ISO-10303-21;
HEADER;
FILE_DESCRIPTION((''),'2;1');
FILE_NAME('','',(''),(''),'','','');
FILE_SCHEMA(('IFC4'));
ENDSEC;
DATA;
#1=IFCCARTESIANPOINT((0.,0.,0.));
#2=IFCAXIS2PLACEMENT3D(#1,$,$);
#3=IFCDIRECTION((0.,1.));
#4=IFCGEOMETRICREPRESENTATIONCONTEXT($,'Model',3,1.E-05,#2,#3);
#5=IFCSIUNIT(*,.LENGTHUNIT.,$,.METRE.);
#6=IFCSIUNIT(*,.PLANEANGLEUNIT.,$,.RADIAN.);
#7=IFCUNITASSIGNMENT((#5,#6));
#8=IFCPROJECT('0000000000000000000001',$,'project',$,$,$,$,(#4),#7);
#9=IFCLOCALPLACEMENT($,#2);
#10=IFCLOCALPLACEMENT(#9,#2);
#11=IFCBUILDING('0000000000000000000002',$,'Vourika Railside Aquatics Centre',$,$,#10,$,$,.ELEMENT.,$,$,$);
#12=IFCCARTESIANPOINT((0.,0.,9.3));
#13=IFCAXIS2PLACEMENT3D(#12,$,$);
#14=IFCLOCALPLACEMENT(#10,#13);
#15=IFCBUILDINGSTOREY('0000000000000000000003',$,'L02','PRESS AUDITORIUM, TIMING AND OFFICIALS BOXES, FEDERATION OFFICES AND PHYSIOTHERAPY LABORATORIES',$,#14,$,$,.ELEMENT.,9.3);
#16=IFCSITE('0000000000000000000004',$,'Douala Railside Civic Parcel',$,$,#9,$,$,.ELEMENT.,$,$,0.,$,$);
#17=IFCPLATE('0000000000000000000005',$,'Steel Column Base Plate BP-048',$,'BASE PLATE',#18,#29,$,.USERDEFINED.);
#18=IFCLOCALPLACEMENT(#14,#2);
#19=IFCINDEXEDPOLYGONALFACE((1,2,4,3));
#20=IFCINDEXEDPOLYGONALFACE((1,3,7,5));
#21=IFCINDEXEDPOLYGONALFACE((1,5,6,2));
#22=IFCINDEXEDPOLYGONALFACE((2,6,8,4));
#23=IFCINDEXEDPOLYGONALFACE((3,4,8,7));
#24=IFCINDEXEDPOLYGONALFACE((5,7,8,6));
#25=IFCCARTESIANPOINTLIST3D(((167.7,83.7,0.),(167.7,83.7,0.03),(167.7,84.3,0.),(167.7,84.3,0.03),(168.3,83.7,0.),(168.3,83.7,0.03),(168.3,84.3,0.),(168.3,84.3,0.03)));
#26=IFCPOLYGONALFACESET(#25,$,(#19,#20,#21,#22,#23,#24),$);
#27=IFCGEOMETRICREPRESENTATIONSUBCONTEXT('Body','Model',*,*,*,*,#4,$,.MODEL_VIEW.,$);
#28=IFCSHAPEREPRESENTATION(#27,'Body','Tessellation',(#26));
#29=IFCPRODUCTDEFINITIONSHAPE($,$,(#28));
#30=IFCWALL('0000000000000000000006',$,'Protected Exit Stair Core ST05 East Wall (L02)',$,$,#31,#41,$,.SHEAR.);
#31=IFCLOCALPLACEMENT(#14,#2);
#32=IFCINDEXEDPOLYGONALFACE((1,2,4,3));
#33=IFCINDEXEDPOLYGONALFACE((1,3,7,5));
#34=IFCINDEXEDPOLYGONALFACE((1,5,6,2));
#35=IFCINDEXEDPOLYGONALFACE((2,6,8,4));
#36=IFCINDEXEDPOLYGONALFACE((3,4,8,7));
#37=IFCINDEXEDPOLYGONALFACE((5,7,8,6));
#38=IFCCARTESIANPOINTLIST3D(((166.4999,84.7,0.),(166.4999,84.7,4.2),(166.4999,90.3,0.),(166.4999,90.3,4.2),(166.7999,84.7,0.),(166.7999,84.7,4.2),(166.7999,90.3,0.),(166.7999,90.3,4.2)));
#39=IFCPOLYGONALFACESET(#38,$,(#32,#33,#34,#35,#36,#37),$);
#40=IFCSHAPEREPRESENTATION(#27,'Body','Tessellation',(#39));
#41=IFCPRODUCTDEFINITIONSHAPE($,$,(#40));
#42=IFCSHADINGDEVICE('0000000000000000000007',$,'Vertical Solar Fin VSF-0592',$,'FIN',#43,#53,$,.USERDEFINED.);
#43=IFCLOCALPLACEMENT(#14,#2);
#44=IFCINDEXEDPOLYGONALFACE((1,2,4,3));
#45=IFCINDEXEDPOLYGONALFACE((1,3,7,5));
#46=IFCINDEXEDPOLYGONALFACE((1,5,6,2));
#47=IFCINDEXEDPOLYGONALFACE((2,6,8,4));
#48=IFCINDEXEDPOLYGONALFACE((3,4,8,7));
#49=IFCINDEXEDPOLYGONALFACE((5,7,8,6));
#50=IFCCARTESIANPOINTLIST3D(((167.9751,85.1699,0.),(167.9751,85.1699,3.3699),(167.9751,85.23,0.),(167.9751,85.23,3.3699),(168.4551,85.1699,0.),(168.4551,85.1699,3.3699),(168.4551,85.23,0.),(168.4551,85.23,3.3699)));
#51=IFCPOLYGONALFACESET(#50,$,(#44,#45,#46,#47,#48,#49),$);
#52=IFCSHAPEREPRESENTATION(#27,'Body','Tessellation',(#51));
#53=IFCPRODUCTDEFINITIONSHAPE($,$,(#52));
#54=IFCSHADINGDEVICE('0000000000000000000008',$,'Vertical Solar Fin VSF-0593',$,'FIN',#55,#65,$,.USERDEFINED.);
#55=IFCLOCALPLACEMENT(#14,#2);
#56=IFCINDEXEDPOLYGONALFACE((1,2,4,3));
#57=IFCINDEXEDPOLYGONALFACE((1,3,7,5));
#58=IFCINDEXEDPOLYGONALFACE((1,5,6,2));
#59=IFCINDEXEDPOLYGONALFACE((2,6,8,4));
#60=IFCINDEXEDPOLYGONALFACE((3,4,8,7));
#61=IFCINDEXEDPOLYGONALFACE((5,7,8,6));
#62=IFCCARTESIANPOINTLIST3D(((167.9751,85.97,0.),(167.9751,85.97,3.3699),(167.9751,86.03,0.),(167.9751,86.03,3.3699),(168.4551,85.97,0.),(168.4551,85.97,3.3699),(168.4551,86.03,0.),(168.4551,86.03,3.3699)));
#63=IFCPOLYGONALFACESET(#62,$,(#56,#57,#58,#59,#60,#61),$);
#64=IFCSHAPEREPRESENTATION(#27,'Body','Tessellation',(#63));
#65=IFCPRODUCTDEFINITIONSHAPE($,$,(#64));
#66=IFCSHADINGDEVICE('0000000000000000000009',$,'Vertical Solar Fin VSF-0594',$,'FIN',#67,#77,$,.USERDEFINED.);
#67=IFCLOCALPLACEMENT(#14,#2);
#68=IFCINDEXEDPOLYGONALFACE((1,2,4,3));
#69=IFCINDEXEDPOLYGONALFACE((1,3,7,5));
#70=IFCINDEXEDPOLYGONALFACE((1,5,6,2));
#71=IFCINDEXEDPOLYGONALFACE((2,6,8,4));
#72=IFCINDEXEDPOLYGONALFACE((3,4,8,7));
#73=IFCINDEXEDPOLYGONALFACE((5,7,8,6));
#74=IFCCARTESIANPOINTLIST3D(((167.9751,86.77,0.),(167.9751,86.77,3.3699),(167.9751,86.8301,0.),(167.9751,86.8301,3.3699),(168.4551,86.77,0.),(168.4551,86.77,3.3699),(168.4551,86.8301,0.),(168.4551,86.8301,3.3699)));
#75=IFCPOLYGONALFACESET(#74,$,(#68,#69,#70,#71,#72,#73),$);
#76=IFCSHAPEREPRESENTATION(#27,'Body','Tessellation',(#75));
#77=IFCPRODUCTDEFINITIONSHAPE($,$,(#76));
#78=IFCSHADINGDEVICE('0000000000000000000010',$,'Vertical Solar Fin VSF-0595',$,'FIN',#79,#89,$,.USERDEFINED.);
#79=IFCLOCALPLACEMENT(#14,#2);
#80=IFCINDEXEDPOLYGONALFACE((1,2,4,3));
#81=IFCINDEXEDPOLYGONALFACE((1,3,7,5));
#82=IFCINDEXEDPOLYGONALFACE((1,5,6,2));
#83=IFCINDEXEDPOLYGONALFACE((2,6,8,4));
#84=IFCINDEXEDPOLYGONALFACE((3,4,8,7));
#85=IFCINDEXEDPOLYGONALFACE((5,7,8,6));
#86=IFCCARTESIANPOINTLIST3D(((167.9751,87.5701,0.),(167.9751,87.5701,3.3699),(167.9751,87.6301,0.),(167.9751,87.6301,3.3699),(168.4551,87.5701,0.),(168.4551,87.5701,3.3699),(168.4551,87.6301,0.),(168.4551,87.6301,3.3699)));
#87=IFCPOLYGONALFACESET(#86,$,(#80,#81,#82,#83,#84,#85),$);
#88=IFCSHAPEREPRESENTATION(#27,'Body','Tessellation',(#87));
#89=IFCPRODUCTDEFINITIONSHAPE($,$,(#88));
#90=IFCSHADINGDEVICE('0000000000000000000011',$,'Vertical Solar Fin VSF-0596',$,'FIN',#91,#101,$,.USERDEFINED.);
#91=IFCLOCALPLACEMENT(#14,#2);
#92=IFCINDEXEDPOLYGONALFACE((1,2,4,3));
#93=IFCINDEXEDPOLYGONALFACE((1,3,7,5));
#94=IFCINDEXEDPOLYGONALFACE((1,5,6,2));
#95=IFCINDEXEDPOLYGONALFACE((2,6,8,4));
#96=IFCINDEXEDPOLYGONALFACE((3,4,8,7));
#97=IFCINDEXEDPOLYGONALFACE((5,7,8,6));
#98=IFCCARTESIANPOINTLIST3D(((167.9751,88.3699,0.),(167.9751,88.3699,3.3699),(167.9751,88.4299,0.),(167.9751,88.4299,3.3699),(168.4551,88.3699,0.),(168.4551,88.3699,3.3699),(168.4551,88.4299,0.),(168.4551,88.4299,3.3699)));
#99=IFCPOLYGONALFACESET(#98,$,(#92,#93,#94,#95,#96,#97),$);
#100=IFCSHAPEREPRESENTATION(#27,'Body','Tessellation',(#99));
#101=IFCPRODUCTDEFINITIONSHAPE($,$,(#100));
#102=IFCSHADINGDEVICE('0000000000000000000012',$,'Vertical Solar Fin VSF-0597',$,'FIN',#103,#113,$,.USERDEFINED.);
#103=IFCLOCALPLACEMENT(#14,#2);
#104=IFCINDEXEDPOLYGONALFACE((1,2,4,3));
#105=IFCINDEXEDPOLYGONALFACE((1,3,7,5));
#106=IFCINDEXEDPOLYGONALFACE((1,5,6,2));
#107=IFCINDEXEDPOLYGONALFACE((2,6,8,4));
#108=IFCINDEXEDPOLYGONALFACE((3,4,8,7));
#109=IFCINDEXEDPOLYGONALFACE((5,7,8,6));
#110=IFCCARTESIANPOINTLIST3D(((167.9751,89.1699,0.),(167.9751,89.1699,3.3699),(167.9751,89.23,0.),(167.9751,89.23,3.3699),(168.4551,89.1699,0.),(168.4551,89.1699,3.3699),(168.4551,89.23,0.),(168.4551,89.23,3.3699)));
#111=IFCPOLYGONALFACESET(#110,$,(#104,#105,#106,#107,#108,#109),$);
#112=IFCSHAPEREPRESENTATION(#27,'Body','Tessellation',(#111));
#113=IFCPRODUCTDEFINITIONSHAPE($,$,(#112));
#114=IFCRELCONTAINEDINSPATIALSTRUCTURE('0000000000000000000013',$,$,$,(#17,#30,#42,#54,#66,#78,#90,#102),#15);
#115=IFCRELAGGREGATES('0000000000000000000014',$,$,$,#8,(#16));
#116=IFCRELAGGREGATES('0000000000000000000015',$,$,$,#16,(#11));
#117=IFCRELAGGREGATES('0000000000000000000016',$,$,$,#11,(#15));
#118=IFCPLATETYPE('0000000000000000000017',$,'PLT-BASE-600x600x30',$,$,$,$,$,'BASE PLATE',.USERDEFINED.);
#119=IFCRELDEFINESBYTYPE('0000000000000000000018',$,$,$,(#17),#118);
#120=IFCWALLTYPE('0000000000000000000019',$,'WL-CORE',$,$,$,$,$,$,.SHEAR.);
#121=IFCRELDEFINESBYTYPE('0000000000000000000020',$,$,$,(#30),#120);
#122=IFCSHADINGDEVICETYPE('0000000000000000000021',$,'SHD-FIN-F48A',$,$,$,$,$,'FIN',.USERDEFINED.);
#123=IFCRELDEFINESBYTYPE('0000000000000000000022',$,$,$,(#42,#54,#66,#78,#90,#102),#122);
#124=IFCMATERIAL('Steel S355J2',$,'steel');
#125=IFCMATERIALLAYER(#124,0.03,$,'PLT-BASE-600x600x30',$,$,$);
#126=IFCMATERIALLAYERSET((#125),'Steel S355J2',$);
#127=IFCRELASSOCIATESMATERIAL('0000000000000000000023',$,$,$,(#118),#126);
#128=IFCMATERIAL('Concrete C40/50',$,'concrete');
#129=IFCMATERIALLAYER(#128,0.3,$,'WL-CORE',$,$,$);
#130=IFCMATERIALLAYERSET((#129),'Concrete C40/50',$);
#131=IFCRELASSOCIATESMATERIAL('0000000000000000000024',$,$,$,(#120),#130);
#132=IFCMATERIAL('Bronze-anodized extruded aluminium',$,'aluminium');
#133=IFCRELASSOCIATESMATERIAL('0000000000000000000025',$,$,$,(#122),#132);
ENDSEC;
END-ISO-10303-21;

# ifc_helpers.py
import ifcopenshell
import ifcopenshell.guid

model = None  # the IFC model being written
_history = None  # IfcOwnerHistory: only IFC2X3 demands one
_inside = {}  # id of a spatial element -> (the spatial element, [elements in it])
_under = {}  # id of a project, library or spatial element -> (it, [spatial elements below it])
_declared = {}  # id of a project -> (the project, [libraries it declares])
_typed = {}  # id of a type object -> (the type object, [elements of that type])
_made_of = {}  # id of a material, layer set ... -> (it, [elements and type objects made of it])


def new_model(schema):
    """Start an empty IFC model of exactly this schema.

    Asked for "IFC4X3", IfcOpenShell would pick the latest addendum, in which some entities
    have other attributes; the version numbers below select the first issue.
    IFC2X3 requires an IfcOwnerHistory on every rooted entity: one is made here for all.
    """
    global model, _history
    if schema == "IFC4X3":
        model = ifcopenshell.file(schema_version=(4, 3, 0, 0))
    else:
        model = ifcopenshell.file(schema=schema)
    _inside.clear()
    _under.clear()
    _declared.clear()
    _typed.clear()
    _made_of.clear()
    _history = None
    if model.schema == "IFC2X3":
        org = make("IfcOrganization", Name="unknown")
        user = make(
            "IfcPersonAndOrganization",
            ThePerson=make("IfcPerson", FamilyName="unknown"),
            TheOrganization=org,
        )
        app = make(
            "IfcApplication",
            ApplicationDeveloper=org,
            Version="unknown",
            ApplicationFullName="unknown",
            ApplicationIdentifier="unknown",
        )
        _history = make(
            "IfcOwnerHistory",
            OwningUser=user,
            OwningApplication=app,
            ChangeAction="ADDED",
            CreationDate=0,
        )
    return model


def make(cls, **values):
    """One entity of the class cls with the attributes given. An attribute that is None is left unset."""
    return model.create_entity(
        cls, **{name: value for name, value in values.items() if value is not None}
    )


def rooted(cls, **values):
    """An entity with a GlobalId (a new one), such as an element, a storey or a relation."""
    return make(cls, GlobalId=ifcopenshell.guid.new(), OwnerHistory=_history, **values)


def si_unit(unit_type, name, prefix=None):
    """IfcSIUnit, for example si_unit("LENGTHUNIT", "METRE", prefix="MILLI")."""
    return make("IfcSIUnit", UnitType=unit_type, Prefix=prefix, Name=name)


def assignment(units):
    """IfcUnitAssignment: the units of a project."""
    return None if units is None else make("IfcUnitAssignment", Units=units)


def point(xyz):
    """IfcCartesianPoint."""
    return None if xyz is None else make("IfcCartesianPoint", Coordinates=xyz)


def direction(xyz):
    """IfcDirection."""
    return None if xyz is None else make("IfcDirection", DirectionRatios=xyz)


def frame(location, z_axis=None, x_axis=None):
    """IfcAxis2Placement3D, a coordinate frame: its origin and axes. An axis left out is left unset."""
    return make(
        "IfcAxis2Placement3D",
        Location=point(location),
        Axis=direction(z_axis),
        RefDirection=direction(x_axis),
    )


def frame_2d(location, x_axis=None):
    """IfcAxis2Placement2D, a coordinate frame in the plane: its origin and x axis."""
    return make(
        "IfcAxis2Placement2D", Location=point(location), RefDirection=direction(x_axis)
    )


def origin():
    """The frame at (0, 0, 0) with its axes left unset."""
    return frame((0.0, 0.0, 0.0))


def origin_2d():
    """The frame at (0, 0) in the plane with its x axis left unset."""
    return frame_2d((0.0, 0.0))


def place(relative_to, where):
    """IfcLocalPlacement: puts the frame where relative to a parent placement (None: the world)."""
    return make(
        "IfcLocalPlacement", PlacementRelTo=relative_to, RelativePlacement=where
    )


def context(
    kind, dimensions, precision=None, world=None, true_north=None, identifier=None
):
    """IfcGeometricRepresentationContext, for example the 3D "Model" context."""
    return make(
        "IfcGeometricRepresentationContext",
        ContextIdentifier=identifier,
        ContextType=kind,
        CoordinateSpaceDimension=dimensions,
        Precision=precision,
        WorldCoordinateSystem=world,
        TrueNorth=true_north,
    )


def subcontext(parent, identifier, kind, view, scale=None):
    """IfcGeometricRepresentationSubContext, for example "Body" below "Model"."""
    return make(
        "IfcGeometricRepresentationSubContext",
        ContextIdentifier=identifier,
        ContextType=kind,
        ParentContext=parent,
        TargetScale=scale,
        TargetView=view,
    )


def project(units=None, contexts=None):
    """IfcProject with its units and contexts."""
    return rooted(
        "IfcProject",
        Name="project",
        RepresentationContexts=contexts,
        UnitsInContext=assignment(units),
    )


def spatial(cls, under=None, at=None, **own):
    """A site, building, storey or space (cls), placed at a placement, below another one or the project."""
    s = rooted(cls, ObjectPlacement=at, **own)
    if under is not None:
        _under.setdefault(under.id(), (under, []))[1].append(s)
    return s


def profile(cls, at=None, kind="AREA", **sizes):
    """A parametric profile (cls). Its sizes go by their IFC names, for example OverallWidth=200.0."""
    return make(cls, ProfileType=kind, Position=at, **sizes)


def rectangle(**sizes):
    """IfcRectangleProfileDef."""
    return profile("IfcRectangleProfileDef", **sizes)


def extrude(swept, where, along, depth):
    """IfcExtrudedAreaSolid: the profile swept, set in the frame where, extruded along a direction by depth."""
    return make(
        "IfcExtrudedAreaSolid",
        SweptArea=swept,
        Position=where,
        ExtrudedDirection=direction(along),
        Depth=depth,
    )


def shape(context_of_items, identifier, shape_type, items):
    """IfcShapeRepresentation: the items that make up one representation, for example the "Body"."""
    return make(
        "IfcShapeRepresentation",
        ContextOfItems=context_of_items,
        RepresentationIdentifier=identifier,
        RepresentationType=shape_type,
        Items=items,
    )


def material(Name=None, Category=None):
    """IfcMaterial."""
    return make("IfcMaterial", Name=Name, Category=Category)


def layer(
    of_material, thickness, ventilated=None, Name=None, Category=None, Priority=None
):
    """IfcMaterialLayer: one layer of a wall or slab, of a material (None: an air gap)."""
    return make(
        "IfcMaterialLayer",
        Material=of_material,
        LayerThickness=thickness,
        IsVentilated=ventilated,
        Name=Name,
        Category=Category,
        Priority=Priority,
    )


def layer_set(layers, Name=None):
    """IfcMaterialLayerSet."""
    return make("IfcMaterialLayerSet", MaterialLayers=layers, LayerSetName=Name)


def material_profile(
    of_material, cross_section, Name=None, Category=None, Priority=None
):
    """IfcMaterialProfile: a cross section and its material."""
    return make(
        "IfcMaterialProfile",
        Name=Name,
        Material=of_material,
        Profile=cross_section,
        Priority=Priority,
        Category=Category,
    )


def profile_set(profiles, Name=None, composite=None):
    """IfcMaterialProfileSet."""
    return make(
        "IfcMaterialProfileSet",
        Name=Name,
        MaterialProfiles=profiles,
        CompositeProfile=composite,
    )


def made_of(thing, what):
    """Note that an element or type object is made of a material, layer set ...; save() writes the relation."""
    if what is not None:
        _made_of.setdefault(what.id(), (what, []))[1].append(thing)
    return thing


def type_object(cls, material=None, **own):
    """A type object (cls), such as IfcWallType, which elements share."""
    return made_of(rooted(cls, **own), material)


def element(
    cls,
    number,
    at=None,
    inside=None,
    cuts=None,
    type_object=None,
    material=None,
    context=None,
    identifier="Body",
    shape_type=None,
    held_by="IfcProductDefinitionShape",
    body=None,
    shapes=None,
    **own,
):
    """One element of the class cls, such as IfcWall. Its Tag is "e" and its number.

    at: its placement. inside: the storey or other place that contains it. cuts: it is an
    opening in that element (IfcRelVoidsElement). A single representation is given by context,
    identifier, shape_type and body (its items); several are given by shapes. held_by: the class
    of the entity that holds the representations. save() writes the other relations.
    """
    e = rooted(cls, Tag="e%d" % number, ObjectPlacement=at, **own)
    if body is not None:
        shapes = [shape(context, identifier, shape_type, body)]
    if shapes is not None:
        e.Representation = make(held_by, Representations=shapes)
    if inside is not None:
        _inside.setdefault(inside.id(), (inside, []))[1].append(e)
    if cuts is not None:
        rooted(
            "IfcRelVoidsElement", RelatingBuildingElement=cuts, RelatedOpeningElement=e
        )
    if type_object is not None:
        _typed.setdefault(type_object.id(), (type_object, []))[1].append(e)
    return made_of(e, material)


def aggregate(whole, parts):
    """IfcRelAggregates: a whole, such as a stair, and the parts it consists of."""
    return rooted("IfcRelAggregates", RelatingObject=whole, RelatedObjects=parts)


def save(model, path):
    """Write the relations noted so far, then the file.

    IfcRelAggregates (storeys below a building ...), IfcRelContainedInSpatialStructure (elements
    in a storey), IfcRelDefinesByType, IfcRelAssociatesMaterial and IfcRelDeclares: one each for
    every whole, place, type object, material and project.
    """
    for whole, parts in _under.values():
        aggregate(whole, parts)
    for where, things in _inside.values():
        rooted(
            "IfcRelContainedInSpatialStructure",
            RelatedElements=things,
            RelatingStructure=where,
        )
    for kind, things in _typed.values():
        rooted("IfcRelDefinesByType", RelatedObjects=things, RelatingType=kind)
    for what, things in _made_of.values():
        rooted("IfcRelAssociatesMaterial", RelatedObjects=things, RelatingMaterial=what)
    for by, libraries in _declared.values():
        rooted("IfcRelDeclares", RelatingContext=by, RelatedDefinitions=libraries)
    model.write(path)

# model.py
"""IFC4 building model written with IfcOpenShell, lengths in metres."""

from ifc_helpers import new_model, si_unit, direction, frame, frame_2d, origin, origin_2d, place, context, subcontext, project, spatial, rectangle, extrude, material, layer, layer_set, material_profile, profile_set, type_object, element, save


model = new_model("IFC4")

# Units and contexts
model_context = context("Model", 3, precision=1e-05, world=origin(), true_north=direction((0.0, 1.0)))
body_context = subcontext(model_context, "Body", "Model", "MODEL_VIEW")
ifc_project = project(units=[si_unit("LENGTHUNIT", "METRE"), si_unit("PLANEANGLEUNIT", "RADIAN")], contexts=[model_context])

# Site, building, storey
site_placement = place(None, origin())
site = spatial("IfcSite", under=ifc_project, at=site_placement, Name="Douala Railside Civic Parcel", CompositionType="ELEMENT", RefElevation=0.0)
building_placement = place(site_placement, origin())
building = spatial("IfcBuilding", under=site, at=building_placement, Name="Vourika Railside Aquatics Centre", CompositionType="ELEMENT")
storey_placement = place(building_placement, frame((0.0, 0.0, 9.3)))
storey = spatial("IfcBuildingStorey", under=building, at=storey_placement, Name="L02", Description="PRESS AUDITORIUM, TIMING AND OFFICIALS BOXES, FEDERATION OFFICES AND PHYSIOTHERAPY LABORATORIES", CompositionType="ELEMENT", Elevation=9.3)

# Shared definitions
ifc_material_1 = material(Name="Steel S355J2", Category="steel")

# Plate
ifc_layer_1 = layer(ifc_material_1, 0.03, Name="PLT-BASE-600x600x30")
ifc_layer_set_1 = layer_set([ifc_layer_1], Name="Steel S355J2")
plate_type_1 = type_object("IfcPlateType", Name="PLT-BASE-600x600x30", ElementType="BASE PLATE", PredefinedType="USERDEFINED", material=ifc_layer_set_1)
plate_1_placement = place(storey_placement, frame((168.0, 84.0, 0.0), z_axis=(0.0, 0.0, 1.0), x_axis=(1.0, 0.0, 0.0)))
element("IfcPlate", 1, at=plate_1_placement, inside=storey, type_object=plate_type_1, Name="Steel Column Base Plate BP-048", ObjectType="BASE PLATE", PredefinedType="USERDEFINED", context=body_context, shape_type="SweptSolid", body=[
    extrude(rectangle(XDim=0.6001, YDim=0.6001, at=origin_2d()), origin(), (0.0, 0.0, 1.0), 0.03),
])

# Wall
ifc_material_2 = material(Name="Concrete C40/50", Category="concrete")
ifc_layer_2 = layer(ifc_material_2, 0.3, Name="WL-CORE")
ifc_layer_set_2 = layer_set([ifc_layer_2], Name="Concrete C40/50")
wall_type = type_object("IfcWallType", Name="WL-CORE", PredefinedType="SHEAR", material=ifc_layer_set_2)
wall_placement = place(storey_placement, frame((166.6499, 84.7, 0.0), z_axis=(0.0, 0.0, 1.0), x_axis=(0.0, 1.0, 0.0)))
element("IfcWall", 2, at=wall_placement, inside=storey, type_object=wall_type, Name="Protected Exit Stair Core ST05 East Wall (L02)", PredefinedType="SHEAR", context=body_context, shape_type="SweptSolid", body=[
    extrude(rectangle(XDim=5.6001, YDim=0.3, at=frame_2d((2.8, 0.0))), origin(), (0.0, 0.0, 1.0), 4.2),
])

# Shading devices
ifc_material_3 = material(Name="Bronze-anodized extruded aluminium", Category="aluminium")
ifc_material_profile_1 = material_profile(ifc_material_3, rectangle(XDim=0.0601, YDim=0.48, at=origin_2d()), Name="ALU-FIN 60x480")
ifc_profile_set_1 = profile_set([ifc_material_profile_1], Name="Bronze-anodized extruded aluminium")
shading_device_type = type_object("IfcShadingDeviceType", Name="SHD-FIN-F48A", ElementType="FIN", PredefinedType="USERDEFINED", material=ifc_profile_set_1)
for number, where, z_axis, x_axis, name in (
    (3, (168.2151, 85.2, 0.0), (0.0, 0.0, 1.0), (0.0, -1.0, 0.0), "Vertical Solar Fin VSF-0592"),
    (4, (168.2151, 86.0, 0.0), (0.0, 0.0, 1.0), (0.0, -1.0, 0.0), "Vertical Solar Fin VSF-0593"),
    (5, (168.2151, 86.8, 0.0), (0.0, 0.0, 1.0), (0.0, -1.0, 0.0), "Vertical Solar Fin VSF-0594"),
    (6, (168.2151, 87.6001, 0.0), (0.0, 0.0, 1.0), (0.0, -1.0, 0.0), "Vertical Solar Fin VSF-0595"),
    (7, (168.2151, 88.3999, 0.0), (0.0, 0.0, 1.0), (0.0, -1.0, 0.0), "Vertical Solar Fin VSF-0596"),
    (8, (168.2151, 89.2, 0.0), (0.0, 0.0, 1.0), (0.0, -1.0, 0.0), "Vertical Solar Fin VSF-0597"),
):
    element("IfcShadingDevice", number, at=place(storey_placement, frame(where, z_axis=z_axis, x_axis=x_axis)), inside=storey, type_object=shading_device_type, Name=name, ObjectType="FIN", PredefinedType="USERDEFINED", context=body_context, shape_type="SweptSolid", body=[
        extrude(rectangle(XDim=0.0601, YDim=0.48, at=origin_2d()), origin(), (0.0, 0.0, 1.0), 3.3699),
    ])

save(model, "model.ifc")
